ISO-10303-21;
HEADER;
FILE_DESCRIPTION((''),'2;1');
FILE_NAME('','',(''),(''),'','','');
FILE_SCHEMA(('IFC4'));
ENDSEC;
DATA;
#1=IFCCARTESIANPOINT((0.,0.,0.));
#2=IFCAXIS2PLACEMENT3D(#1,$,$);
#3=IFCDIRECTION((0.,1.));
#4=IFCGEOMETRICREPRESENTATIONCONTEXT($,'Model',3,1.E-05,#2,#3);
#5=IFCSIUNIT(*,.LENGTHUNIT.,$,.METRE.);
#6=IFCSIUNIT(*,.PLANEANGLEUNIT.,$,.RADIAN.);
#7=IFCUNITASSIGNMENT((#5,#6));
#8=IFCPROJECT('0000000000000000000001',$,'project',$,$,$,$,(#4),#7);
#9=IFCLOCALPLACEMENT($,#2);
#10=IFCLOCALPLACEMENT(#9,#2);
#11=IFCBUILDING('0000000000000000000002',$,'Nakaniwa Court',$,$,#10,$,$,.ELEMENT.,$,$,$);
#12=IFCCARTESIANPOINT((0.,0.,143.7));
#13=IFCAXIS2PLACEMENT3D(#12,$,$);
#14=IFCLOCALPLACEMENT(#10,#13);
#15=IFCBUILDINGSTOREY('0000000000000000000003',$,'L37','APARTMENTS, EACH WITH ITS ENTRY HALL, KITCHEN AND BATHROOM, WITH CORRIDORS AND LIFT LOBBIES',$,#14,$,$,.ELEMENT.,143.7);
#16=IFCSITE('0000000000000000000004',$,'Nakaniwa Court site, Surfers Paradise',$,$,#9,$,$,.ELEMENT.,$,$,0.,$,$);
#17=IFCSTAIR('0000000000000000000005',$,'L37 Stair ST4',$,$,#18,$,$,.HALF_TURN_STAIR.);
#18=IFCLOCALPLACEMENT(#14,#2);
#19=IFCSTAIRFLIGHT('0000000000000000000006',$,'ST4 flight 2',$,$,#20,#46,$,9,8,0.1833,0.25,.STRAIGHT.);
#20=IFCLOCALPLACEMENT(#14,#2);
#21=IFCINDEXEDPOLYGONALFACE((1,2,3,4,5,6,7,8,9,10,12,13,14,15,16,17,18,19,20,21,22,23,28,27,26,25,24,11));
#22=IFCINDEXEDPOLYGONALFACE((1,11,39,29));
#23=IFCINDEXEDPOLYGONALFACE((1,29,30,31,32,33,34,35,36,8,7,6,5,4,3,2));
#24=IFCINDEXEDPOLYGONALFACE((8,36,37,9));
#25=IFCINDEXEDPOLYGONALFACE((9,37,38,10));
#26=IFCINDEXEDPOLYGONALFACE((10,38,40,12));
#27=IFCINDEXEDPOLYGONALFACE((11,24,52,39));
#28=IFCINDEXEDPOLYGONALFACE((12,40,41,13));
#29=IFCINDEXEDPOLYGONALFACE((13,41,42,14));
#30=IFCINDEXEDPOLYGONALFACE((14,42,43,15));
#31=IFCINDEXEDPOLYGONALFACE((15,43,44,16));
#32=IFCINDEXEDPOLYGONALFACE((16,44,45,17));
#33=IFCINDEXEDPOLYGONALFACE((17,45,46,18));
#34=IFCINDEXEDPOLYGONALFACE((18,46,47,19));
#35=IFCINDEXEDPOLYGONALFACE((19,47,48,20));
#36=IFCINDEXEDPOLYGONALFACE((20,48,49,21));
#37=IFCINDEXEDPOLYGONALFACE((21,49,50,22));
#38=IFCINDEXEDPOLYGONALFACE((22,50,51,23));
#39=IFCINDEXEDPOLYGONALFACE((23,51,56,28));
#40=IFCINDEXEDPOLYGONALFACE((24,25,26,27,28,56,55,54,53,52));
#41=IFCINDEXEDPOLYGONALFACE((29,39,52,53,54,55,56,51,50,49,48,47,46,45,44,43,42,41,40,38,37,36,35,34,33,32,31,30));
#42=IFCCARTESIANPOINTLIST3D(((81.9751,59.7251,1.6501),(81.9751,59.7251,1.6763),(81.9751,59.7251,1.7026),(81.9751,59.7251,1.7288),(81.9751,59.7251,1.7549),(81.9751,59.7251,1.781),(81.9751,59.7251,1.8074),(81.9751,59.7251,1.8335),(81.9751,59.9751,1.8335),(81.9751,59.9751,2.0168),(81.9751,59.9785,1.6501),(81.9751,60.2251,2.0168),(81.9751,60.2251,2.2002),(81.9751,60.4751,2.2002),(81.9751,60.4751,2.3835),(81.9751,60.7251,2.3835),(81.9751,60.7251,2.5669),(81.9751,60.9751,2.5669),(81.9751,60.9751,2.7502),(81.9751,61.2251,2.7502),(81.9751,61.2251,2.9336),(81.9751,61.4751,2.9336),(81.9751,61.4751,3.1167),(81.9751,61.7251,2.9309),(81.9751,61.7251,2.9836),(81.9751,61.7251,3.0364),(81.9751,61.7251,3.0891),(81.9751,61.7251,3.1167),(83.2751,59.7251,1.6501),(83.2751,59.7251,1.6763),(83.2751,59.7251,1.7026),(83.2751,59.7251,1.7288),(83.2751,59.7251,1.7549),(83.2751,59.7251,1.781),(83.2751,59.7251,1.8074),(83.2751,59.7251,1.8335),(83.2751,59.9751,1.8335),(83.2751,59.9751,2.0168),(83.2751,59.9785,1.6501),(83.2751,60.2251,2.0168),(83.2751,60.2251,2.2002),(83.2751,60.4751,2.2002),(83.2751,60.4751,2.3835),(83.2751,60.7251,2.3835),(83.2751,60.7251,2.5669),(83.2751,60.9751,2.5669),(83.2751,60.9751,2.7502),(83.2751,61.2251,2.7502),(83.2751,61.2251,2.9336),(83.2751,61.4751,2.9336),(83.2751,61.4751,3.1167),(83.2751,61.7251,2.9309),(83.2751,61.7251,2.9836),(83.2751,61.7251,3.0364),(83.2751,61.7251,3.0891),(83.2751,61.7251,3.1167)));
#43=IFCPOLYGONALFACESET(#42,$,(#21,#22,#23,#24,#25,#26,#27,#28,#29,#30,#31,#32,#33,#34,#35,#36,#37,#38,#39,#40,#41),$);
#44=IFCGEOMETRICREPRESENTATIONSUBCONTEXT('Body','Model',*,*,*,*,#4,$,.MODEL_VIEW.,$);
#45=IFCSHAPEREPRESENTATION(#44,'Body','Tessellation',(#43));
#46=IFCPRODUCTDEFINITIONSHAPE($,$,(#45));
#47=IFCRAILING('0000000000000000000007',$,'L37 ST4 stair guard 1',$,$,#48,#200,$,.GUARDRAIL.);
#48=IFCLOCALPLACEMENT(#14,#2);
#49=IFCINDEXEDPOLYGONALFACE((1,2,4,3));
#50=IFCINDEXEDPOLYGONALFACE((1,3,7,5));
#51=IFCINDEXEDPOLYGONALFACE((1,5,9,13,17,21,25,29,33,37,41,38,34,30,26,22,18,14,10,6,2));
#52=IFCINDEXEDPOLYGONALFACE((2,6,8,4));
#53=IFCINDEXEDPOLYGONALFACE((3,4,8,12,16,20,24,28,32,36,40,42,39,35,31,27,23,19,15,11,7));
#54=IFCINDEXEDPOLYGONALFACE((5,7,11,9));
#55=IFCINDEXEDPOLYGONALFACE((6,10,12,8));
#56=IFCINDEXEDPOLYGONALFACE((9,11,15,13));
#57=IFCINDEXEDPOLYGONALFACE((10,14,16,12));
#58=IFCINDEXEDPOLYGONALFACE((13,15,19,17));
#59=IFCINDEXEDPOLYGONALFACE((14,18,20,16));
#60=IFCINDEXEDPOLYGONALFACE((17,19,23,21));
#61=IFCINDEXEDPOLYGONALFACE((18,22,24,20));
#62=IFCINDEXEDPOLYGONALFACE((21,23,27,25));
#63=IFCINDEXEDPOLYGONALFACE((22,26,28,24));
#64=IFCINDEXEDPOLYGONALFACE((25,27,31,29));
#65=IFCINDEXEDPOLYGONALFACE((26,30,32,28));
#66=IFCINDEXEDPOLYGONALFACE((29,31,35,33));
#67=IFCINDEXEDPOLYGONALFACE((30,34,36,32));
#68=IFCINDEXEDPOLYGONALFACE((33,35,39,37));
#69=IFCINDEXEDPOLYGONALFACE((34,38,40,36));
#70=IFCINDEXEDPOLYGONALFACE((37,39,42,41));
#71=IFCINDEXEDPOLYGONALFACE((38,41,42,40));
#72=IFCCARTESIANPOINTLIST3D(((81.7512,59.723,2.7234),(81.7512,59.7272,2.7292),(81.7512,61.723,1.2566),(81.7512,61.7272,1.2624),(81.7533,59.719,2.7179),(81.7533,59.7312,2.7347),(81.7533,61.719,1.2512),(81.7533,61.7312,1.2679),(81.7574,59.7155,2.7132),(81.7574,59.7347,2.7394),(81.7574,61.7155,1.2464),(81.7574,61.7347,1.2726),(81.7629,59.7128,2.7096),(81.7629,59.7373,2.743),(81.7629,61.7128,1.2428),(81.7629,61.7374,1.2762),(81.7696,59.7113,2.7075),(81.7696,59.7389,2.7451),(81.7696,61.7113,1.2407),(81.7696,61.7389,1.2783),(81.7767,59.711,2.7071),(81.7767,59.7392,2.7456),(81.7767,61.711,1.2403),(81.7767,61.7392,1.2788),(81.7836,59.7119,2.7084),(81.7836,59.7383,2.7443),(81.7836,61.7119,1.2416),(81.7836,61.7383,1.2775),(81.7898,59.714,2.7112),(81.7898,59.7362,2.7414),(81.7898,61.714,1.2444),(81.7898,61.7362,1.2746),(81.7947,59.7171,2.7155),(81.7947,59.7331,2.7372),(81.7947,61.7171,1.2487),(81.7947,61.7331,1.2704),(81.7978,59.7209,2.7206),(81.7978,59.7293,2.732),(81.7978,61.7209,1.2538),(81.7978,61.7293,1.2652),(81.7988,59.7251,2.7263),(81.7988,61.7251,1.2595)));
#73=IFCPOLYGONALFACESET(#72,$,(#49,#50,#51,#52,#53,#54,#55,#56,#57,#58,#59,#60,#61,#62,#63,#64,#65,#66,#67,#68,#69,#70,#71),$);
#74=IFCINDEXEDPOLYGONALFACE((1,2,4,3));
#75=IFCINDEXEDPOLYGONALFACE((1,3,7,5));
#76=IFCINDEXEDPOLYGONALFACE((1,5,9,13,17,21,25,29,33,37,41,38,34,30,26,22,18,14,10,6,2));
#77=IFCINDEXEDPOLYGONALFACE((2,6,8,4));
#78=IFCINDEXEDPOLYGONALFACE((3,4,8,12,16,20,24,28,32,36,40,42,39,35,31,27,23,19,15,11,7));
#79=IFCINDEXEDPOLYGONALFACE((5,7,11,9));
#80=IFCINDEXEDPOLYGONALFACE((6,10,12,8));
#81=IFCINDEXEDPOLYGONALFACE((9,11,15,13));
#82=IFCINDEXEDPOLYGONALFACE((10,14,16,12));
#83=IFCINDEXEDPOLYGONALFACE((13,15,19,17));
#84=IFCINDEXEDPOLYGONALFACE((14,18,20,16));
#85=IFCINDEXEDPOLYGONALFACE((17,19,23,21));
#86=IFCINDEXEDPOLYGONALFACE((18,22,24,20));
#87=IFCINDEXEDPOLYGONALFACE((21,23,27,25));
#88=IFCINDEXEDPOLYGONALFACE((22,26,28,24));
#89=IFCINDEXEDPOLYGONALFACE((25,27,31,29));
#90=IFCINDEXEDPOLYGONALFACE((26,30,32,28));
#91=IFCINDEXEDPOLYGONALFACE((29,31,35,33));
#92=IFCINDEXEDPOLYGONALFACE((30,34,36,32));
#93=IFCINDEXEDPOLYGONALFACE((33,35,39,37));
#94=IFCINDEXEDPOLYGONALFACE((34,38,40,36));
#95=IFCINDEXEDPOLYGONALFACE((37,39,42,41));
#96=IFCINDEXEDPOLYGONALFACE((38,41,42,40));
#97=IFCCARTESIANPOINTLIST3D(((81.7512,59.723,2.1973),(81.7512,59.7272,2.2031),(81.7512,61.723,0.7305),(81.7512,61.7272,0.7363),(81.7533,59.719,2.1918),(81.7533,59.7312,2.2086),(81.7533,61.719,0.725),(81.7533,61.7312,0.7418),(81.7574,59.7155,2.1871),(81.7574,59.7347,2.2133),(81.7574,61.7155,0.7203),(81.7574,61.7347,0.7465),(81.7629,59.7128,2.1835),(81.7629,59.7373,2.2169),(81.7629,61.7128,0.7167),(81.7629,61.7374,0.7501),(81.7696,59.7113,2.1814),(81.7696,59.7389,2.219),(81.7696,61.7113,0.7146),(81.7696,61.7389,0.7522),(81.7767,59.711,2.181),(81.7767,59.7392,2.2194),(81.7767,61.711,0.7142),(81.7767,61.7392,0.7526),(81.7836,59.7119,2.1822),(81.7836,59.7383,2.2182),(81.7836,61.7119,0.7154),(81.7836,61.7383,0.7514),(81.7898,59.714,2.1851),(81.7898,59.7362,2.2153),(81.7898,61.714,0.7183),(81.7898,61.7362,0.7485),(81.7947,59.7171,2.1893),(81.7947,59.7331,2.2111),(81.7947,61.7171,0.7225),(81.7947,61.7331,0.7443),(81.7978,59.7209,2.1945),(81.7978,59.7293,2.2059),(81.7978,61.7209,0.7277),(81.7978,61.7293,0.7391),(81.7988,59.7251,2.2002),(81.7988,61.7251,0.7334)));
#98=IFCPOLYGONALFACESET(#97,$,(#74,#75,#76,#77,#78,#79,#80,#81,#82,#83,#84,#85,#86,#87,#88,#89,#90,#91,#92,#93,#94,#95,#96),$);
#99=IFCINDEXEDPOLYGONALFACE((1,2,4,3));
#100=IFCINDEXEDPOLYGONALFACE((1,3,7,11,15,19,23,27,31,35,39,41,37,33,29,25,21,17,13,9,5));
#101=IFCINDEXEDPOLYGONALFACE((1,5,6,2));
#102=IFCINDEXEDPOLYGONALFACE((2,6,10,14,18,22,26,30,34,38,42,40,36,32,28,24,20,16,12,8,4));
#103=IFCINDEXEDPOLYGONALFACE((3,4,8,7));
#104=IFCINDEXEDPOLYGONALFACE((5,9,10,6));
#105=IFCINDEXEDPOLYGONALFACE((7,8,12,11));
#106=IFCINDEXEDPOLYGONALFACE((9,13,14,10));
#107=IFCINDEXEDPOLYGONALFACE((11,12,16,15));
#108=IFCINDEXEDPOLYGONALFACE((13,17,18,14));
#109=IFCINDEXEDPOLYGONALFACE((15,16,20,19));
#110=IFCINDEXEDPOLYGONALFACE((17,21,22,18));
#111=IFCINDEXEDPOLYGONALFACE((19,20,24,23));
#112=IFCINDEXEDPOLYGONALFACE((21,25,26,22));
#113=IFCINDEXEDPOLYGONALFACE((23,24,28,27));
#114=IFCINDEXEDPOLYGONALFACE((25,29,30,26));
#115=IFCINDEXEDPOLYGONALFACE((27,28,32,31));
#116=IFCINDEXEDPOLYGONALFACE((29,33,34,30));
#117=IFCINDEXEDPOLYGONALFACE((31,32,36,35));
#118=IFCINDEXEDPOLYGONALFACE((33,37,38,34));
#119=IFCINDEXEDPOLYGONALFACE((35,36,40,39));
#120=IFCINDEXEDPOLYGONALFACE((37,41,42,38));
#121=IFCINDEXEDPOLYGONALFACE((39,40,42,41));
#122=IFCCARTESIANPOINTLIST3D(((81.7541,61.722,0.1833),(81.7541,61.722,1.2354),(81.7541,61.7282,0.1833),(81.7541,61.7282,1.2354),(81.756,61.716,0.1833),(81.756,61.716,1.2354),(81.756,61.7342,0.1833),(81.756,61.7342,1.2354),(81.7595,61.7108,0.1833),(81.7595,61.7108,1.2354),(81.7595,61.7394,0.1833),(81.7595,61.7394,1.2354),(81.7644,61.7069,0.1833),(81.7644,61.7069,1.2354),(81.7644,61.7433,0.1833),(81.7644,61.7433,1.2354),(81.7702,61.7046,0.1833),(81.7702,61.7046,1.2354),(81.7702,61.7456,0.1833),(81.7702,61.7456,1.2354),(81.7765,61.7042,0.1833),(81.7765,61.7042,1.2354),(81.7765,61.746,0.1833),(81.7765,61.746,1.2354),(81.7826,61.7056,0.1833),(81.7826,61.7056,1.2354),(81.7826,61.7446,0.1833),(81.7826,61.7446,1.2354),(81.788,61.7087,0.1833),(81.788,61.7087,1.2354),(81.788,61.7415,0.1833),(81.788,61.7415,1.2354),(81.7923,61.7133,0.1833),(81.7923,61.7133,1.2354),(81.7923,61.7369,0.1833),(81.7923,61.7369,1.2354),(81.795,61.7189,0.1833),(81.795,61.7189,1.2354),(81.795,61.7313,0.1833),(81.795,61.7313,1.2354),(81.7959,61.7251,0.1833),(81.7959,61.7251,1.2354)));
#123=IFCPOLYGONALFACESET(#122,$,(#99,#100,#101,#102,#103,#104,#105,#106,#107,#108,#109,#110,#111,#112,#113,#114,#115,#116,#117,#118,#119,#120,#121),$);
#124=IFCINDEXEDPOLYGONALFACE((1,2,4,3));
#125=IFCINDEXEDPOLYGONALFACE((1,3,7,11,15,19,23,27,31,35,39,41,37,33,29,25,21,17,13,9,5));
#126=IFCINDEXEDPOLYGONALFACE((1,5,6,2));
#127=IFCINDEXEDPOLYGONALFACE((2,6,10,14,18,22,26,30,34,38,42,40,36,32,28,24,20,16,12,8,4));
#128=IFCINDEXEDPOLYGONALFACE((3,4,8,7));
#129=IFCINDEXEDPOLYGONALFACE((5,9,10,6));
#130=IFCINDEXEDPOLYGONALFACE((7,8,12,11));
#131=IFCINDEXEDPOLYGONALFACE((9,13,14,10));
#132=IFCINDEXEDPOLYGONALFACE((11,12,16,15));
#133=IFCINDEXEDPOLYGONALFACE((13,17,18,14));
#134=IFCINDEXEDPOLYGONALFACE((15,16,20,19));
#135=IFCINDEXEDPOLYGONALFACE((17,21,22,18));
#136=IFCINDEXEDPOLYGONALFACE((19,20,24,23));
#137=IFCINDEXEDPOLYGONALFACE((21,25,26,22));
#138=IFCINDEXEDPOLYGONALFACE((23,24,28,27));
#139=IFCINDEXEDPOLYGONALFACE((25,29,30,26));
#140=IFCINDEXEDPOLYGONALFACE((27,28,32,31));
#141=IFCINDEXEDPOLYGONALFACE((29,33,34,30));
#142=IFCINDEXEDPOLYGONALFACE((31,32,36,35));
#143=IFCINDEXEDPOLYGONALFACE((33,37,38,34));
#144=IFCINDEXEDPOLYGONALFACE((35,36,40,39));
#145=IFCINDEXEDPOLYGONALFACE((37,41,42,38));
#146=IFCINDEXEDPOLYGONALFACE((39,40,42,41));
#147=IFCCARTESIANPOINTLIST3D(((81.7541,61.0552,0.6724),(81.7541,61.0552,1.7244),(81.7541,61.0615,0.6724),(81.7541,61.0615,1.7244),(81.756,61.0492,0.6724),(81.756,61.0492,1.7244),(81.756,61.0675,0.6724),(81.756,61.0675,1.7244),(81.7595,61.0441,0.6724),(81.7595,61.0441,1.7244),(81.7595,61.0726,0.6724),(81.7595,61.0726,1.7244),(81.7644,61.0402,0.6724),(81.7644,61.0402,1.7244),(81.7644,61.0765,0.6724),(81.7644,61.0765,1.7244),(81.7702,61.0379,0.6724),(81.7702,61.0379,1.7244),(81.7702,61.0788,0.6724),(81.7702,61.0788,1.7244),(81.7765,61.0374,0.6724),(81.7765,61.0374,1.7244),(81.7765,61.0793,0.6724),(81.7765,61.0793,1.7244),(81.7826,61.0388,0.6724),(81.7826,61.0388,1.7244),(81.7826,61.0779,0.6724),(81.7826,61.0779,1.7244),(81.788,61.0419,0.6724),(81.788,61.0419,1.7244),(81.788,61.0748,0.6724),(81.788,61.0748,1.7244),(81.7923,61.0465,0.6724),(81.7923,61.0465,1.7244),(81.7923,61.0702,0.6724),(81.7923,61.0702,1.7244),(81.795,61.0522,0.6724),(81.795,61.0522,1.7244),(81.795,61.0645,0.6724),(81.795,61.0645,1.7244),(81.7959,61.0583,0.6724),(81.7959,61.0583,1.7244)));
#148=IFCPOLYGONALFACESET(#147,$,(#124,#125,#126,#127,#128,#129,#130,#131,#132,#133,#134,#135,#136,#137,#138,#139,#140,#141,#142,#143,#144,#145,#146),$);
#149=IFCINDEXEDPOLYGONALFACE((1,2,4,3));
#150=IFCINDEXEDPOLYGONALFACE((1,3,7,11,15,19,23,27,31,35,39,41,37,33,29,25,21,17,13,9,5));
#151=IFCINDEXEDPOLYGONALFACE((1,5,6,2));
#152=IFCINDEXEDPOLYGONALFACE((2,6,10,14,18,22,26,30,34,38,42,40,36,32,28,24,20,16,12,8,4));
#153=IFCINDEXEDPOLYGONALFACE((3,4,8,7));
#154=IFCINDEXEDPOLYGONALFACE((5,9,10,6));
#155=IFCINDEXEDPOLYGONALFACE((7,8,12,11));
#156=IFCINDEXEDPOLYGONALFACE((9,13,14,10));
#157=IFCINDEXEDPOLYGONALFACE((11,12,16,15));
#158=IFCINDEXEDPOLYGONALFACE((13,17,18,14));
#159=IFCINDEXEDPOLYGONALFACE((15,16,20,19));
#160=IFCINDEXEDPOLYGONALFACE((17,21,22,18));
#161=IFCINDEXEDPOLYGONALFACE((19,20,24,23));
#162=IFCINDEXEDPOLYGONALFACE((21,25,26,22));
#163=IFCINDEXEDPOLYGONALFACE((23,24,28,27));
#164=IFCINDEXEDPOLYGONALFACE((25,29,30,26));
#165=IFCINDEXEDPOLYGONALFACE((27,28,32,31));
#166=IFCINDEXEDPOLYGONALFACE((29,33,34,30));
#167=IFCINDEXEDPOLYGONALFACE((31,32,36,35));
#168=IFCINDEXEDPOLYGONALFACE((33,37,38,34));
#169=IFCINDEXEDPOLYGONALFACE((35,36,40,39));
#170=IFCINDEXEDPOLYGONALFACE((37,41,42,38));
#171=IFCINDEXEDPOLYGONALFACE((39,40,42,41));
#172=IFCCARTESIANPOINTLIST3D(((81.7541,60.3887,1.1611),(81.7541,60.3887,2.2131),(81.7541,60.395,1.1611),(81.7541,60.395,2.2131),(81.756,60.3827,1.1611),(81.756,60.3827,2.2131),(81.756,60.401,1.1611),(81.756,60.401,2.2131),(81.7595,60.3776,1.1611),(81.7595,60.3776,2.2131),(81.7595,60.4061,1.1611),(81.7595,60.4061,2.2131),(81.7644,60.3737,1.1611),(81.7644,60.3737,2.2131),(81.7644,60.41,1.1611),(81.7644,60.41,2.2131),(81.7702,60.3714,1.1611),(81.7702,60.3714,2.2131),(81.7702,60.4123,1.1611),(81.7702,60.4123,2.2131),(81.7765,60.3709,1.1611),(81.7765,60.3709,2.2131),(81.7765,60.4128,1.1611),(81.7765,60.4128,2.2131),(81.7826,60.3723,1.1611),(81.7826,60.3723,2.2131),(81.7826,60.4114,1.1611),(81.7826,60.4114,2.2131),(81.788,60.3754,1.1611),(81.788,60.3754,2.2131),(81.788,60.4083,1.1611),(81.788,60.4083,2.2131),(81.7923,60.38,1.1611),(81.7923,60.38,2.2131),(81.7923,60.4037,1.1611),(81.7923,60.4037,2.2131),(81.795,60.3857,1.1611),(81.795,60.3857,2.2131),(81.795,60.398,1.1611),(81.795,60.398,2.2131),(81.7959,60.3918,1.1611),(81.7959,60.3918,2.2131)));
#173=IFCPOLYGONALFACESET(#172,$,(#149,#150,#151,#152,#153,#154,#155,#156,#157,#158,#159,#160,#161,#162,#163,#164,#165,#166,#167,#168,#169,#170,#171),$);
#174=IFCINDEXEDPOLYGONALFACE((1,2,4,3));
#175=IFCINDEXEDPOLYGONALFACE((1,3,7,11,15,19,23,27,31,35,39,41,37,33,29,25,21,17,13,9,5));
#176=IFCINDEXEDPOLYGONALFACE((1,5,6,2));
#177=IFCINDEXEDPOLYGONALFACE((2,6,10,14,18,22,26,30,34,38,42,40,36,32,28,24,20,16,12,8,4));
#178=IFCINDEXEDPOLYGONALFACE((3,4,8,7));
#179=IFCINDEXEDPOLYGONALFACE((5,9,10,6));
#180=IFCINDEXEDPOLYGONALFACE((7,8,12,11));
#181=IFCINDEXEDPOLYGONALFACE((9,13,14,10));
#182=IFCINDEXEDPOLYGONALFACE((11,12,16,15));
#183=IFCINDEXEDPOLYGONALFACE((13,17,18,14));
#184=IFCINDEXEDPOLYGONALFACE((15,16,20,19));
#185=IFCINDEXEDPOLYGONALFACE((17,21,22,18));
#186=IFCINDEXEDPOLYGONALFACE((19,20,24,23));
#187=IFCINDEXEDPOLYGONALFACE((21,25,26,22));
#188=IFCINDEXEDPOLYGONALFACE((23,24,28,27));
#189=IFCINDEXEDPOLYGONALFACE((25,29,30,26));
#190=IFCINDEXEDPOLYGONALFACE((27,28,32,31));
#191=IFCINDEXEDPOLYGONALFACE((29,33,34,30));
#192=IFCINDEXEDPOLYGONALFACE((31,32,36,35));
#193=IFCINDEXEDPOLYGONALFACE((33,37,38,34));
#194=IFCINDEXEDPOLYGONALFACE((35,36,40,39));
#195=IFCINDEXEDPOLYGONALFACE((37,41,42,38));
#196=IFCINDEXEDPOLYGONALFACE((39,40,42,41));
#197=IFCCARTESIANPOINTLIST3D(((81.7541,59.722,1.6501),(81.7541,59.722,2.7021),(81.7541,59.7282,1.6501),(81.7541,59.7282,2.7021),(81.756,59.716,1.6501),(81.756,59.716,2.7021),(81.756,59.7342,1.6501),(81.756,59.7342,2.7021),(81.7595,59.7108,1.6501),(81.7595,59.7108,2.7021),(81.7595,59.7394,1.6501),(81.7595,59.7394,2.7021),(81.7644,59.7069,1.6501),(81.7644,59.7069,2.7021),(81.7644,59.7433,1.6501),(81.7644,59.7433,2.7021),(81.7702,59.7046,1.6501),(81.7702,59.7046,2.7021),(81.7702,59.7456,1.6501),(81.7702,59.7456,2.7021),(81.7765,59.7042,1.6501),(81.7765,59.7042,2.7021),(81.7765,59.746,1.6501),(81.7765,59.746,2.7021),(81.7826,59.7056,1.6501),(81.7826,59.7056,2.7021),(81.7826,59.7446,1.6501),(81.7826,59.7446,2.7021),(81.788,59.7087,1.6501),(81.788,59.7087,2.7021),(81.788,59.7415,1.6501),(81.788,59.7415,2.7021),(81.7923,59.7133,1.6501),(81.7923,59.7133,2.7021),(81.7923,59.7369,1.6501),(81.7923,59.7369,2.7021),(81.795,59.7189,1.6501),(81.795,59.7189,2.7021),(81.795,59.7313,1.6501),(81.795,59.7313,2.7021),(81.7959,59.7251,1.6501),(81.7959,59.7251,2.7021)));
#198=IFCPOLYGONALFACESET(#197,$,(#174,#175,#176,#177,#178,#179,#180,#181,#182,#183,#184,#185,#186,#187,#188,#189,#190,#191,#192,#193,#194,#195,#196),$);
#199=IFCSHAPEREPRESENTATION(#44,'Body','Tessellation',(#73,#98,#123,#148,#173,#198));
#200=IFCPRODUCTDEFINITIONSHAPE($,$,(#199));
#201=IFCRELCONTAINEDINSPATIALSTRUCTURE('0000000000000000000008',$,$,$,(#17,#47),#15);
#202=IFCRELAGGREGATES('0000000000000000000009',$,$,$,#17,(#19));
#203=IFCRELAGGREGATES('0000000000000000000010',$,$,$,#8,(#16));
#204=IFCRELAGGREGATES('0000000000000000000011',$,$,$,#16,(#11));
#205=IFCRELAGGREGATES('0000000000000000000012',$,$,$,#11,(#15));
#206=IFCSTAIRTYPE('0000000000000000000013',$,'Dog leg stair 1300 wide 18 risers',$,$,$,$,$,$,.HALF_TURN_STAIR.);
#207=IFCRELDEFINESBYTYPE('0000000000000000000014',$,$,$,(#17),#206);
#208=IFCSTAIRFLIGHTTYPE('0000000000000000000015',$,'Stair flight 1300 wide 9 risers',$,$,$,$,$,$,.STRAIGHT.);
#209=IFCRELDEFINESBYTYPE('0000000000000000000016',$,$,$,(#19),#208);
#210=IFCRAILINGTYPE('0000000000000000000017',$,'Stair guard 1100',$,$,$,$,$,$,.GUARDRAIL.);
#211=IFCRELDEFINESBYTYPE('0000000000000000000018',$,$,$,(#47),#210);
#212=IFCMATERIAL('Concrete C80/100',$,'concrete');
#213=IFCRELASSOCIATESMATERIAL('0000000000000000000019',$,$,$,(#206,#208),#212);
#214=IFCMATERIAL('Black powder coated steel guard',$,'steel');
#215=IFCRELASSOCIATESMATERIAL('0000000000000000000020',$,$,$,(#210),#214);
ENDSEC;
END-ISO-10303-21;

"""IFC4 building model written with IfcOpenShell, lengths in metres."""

from ifc_helpers import new_model, si_unit, direction, frame, origin, origin_2d, place, context, subcontext, project, spatial, polyline, circle, outline, extrude, material, type_object, element, aggregate, save


model = new_model("IFC4")

# Units and contexts
model_context = context("Model", 3, precision=1e-05, world=origin(), true_north=direction((0.0, 1.0)))
body_context = subcontext(model_context, "Body", "Model", "MODEL_VIEW")
ifc_project = project(units=[si_unit("LENGTHUNIT", "METRE"), si_unit("PLANEANGLEUNIT", "RADIAN")], contexts=[model_context])

# Site, building, storey
site_placement = place(None, origin())
site = spatial("IfcSite", under=ifc_project, at=site_placement, Name="Nakaniwa Court site, Surfers Paradise", CompositionType="ELEMENT", RefElevation=0.0)
building_placement = place(site_placement, origin())
building = spatial("IfcBuilding", under=site, at=building_placement, Name="Nakaniwa Court", CompositionType="ELEMENT")
storey_placement = place(building_placement, frame((0.0, 0.0, 143.7)))
storey = spatial("IfcBuildingStorey", under=building, at=storey_placement, Name="L37", Description="APARTMENTS, EACH WITH ITS ENTRY HALL, KITCHEN AND BATHROOM, WITH CORRIDORS AND LIFT LOBBIES", CompositionType="ELEMENT", Elevation=143.7)

# Shared definitions
ifc_material_1 = material(Name="Concrete C80/100", Category="concrete")

# Stair, stair flight
stair_type = type_object("IfcStairType", Name="Dog leg stair 1300 wide 18 risers", PredefinedType="HALF_TURN_STAIR", material=ifc_material_1)
stair_placement = place(storey_placement, origin())
stair = element("IfcStair", 1, at=stair_placement, inside=storey, type_object=stair_type, Name="L37 Stair ST4", PredefinedType="HALF_TURN_STAIR")
stair_flight_type = type_object("IfcStairFlightType", Name="Stair flight 1300 wide 9 risers", PredefinedType="STRAIGHT", material=ifc_material_1)
stair_flight_1_placement = place(storey_placement, frame((82.625, 59.7251, 1.6501), z_axis=(0.0, 0.0, 1.0), x_axis=(0.0, 1.0, 0.0)))
stair_flight_1 = element("IfcStairFlight", 2, at=stair_flight_1_placement, type_object=stair_flight_type, Name="ST4 flight 2", NumberOfRisers=9, NumberOfTreads=8, PredefinedType="STRAIGHT", RiserHeight=0.1833, TreadLength=0.25, context=body_context, shape_type="SweptSolid", body=[
    extrude(outline(polyline([(0.0, 0.0), (0.0, 0.0261), (0.0, 0.0525), (0.0, 0.0786), (0.0, 0.1047), (0.0, 0.1309), (0.0, 0.1572), (0.0, 0.1833), (0.25, 0.1833), (0.25, 0.3667), (0.5, 0.3667), (0.5, 0.55), (0.75, 0.55), (0.75, 0.7334), (1.0, 0.7334), (1.0, 0.9167), (1.25, 0.9167), (1.25, 1.1001), (1.5, 1.1001), (1.5, 1.2834), (1.75, 1.2834), (1.75, 1.4666), (2.0, 1.4666), (2.0, 1.6499), (2.0, 1.5972), (2.0, 1.5444), (2.0, 1.4917), (2.0, 1.439), (2.0, 1.3862), (2.0, 1.3335), (2.0, 1.2808), (0.2534, 0.0), (0.0, 0.0)])), frame((0.0, 0.6499, 0.0), z_axis=(0.0, -1.0, 0.0), x_axis=(1.0, 0.0, 0.0)), (0.0, 0.0, 1.0), 1.3),
])
aggregate(stair, [stair_flight_1])

# Railing
ifc_material_2 = material(Name="Black powder coated steel guard", Category="steel")
railing_type_1 = type_object("IfcRailingType", Name="Stair guard 1100", PredefinedType="GUARDRAIL", material=ifc_material_2)
railing_1_placement = place(storey_placement, frame((81.7749, 61.7251, 0.1833)))
element("IfcRailing", 3, at=railing_1_placement, inside=storey, type_object=railing_type_1, Name="L37 ST4 stair guard 1", PredefinedType="GUARDRAIL", context=body_context, shape_type="SweptSolid", body=[
    extrude(circle(Radius=0.0239, at=origin_2d()), frame((0.0, 0.0, 1.0762), z_axis=(0.0, -0.80638, 0.591398), x_axis=(1.0, 0.0, 0.0)), (0.0, 0.0, 1.0), 2.4802),
    extrude(circle(Radius=0.0239, at=origin_2d()), frame((0.0, 0.0, 0.55), z_axis=(0.0, -0.80638, 0.591398), x_axis=(1.0, 0.0, 0.0)), (0.0, 0.0, 1.0), 2.4802),
    extrude(circle(Radius=0.021, at=origin_2d()), origin(), (0.0, 0.0, 1.0), 1.052),
    extrude(circle(Radius=0.021, at=origin_2d()), frame((0.0, -0.6667, 0.489)), (0.0, 0.0, 1.0), 1.052),
    extrude(circle(Radius=0.021, at=origin_2d()), frame((0.0, -1.3333, 0.9778)), (0.0, 0.0, 1.0), 1.052),
    extrude(circle(Radius=0.021, at=origin_2d()), frame((0.0, -2.0, 1.4668)), (0.0, 0.0, 1.0), 1.052),
])

save(model, "model.ifc")
